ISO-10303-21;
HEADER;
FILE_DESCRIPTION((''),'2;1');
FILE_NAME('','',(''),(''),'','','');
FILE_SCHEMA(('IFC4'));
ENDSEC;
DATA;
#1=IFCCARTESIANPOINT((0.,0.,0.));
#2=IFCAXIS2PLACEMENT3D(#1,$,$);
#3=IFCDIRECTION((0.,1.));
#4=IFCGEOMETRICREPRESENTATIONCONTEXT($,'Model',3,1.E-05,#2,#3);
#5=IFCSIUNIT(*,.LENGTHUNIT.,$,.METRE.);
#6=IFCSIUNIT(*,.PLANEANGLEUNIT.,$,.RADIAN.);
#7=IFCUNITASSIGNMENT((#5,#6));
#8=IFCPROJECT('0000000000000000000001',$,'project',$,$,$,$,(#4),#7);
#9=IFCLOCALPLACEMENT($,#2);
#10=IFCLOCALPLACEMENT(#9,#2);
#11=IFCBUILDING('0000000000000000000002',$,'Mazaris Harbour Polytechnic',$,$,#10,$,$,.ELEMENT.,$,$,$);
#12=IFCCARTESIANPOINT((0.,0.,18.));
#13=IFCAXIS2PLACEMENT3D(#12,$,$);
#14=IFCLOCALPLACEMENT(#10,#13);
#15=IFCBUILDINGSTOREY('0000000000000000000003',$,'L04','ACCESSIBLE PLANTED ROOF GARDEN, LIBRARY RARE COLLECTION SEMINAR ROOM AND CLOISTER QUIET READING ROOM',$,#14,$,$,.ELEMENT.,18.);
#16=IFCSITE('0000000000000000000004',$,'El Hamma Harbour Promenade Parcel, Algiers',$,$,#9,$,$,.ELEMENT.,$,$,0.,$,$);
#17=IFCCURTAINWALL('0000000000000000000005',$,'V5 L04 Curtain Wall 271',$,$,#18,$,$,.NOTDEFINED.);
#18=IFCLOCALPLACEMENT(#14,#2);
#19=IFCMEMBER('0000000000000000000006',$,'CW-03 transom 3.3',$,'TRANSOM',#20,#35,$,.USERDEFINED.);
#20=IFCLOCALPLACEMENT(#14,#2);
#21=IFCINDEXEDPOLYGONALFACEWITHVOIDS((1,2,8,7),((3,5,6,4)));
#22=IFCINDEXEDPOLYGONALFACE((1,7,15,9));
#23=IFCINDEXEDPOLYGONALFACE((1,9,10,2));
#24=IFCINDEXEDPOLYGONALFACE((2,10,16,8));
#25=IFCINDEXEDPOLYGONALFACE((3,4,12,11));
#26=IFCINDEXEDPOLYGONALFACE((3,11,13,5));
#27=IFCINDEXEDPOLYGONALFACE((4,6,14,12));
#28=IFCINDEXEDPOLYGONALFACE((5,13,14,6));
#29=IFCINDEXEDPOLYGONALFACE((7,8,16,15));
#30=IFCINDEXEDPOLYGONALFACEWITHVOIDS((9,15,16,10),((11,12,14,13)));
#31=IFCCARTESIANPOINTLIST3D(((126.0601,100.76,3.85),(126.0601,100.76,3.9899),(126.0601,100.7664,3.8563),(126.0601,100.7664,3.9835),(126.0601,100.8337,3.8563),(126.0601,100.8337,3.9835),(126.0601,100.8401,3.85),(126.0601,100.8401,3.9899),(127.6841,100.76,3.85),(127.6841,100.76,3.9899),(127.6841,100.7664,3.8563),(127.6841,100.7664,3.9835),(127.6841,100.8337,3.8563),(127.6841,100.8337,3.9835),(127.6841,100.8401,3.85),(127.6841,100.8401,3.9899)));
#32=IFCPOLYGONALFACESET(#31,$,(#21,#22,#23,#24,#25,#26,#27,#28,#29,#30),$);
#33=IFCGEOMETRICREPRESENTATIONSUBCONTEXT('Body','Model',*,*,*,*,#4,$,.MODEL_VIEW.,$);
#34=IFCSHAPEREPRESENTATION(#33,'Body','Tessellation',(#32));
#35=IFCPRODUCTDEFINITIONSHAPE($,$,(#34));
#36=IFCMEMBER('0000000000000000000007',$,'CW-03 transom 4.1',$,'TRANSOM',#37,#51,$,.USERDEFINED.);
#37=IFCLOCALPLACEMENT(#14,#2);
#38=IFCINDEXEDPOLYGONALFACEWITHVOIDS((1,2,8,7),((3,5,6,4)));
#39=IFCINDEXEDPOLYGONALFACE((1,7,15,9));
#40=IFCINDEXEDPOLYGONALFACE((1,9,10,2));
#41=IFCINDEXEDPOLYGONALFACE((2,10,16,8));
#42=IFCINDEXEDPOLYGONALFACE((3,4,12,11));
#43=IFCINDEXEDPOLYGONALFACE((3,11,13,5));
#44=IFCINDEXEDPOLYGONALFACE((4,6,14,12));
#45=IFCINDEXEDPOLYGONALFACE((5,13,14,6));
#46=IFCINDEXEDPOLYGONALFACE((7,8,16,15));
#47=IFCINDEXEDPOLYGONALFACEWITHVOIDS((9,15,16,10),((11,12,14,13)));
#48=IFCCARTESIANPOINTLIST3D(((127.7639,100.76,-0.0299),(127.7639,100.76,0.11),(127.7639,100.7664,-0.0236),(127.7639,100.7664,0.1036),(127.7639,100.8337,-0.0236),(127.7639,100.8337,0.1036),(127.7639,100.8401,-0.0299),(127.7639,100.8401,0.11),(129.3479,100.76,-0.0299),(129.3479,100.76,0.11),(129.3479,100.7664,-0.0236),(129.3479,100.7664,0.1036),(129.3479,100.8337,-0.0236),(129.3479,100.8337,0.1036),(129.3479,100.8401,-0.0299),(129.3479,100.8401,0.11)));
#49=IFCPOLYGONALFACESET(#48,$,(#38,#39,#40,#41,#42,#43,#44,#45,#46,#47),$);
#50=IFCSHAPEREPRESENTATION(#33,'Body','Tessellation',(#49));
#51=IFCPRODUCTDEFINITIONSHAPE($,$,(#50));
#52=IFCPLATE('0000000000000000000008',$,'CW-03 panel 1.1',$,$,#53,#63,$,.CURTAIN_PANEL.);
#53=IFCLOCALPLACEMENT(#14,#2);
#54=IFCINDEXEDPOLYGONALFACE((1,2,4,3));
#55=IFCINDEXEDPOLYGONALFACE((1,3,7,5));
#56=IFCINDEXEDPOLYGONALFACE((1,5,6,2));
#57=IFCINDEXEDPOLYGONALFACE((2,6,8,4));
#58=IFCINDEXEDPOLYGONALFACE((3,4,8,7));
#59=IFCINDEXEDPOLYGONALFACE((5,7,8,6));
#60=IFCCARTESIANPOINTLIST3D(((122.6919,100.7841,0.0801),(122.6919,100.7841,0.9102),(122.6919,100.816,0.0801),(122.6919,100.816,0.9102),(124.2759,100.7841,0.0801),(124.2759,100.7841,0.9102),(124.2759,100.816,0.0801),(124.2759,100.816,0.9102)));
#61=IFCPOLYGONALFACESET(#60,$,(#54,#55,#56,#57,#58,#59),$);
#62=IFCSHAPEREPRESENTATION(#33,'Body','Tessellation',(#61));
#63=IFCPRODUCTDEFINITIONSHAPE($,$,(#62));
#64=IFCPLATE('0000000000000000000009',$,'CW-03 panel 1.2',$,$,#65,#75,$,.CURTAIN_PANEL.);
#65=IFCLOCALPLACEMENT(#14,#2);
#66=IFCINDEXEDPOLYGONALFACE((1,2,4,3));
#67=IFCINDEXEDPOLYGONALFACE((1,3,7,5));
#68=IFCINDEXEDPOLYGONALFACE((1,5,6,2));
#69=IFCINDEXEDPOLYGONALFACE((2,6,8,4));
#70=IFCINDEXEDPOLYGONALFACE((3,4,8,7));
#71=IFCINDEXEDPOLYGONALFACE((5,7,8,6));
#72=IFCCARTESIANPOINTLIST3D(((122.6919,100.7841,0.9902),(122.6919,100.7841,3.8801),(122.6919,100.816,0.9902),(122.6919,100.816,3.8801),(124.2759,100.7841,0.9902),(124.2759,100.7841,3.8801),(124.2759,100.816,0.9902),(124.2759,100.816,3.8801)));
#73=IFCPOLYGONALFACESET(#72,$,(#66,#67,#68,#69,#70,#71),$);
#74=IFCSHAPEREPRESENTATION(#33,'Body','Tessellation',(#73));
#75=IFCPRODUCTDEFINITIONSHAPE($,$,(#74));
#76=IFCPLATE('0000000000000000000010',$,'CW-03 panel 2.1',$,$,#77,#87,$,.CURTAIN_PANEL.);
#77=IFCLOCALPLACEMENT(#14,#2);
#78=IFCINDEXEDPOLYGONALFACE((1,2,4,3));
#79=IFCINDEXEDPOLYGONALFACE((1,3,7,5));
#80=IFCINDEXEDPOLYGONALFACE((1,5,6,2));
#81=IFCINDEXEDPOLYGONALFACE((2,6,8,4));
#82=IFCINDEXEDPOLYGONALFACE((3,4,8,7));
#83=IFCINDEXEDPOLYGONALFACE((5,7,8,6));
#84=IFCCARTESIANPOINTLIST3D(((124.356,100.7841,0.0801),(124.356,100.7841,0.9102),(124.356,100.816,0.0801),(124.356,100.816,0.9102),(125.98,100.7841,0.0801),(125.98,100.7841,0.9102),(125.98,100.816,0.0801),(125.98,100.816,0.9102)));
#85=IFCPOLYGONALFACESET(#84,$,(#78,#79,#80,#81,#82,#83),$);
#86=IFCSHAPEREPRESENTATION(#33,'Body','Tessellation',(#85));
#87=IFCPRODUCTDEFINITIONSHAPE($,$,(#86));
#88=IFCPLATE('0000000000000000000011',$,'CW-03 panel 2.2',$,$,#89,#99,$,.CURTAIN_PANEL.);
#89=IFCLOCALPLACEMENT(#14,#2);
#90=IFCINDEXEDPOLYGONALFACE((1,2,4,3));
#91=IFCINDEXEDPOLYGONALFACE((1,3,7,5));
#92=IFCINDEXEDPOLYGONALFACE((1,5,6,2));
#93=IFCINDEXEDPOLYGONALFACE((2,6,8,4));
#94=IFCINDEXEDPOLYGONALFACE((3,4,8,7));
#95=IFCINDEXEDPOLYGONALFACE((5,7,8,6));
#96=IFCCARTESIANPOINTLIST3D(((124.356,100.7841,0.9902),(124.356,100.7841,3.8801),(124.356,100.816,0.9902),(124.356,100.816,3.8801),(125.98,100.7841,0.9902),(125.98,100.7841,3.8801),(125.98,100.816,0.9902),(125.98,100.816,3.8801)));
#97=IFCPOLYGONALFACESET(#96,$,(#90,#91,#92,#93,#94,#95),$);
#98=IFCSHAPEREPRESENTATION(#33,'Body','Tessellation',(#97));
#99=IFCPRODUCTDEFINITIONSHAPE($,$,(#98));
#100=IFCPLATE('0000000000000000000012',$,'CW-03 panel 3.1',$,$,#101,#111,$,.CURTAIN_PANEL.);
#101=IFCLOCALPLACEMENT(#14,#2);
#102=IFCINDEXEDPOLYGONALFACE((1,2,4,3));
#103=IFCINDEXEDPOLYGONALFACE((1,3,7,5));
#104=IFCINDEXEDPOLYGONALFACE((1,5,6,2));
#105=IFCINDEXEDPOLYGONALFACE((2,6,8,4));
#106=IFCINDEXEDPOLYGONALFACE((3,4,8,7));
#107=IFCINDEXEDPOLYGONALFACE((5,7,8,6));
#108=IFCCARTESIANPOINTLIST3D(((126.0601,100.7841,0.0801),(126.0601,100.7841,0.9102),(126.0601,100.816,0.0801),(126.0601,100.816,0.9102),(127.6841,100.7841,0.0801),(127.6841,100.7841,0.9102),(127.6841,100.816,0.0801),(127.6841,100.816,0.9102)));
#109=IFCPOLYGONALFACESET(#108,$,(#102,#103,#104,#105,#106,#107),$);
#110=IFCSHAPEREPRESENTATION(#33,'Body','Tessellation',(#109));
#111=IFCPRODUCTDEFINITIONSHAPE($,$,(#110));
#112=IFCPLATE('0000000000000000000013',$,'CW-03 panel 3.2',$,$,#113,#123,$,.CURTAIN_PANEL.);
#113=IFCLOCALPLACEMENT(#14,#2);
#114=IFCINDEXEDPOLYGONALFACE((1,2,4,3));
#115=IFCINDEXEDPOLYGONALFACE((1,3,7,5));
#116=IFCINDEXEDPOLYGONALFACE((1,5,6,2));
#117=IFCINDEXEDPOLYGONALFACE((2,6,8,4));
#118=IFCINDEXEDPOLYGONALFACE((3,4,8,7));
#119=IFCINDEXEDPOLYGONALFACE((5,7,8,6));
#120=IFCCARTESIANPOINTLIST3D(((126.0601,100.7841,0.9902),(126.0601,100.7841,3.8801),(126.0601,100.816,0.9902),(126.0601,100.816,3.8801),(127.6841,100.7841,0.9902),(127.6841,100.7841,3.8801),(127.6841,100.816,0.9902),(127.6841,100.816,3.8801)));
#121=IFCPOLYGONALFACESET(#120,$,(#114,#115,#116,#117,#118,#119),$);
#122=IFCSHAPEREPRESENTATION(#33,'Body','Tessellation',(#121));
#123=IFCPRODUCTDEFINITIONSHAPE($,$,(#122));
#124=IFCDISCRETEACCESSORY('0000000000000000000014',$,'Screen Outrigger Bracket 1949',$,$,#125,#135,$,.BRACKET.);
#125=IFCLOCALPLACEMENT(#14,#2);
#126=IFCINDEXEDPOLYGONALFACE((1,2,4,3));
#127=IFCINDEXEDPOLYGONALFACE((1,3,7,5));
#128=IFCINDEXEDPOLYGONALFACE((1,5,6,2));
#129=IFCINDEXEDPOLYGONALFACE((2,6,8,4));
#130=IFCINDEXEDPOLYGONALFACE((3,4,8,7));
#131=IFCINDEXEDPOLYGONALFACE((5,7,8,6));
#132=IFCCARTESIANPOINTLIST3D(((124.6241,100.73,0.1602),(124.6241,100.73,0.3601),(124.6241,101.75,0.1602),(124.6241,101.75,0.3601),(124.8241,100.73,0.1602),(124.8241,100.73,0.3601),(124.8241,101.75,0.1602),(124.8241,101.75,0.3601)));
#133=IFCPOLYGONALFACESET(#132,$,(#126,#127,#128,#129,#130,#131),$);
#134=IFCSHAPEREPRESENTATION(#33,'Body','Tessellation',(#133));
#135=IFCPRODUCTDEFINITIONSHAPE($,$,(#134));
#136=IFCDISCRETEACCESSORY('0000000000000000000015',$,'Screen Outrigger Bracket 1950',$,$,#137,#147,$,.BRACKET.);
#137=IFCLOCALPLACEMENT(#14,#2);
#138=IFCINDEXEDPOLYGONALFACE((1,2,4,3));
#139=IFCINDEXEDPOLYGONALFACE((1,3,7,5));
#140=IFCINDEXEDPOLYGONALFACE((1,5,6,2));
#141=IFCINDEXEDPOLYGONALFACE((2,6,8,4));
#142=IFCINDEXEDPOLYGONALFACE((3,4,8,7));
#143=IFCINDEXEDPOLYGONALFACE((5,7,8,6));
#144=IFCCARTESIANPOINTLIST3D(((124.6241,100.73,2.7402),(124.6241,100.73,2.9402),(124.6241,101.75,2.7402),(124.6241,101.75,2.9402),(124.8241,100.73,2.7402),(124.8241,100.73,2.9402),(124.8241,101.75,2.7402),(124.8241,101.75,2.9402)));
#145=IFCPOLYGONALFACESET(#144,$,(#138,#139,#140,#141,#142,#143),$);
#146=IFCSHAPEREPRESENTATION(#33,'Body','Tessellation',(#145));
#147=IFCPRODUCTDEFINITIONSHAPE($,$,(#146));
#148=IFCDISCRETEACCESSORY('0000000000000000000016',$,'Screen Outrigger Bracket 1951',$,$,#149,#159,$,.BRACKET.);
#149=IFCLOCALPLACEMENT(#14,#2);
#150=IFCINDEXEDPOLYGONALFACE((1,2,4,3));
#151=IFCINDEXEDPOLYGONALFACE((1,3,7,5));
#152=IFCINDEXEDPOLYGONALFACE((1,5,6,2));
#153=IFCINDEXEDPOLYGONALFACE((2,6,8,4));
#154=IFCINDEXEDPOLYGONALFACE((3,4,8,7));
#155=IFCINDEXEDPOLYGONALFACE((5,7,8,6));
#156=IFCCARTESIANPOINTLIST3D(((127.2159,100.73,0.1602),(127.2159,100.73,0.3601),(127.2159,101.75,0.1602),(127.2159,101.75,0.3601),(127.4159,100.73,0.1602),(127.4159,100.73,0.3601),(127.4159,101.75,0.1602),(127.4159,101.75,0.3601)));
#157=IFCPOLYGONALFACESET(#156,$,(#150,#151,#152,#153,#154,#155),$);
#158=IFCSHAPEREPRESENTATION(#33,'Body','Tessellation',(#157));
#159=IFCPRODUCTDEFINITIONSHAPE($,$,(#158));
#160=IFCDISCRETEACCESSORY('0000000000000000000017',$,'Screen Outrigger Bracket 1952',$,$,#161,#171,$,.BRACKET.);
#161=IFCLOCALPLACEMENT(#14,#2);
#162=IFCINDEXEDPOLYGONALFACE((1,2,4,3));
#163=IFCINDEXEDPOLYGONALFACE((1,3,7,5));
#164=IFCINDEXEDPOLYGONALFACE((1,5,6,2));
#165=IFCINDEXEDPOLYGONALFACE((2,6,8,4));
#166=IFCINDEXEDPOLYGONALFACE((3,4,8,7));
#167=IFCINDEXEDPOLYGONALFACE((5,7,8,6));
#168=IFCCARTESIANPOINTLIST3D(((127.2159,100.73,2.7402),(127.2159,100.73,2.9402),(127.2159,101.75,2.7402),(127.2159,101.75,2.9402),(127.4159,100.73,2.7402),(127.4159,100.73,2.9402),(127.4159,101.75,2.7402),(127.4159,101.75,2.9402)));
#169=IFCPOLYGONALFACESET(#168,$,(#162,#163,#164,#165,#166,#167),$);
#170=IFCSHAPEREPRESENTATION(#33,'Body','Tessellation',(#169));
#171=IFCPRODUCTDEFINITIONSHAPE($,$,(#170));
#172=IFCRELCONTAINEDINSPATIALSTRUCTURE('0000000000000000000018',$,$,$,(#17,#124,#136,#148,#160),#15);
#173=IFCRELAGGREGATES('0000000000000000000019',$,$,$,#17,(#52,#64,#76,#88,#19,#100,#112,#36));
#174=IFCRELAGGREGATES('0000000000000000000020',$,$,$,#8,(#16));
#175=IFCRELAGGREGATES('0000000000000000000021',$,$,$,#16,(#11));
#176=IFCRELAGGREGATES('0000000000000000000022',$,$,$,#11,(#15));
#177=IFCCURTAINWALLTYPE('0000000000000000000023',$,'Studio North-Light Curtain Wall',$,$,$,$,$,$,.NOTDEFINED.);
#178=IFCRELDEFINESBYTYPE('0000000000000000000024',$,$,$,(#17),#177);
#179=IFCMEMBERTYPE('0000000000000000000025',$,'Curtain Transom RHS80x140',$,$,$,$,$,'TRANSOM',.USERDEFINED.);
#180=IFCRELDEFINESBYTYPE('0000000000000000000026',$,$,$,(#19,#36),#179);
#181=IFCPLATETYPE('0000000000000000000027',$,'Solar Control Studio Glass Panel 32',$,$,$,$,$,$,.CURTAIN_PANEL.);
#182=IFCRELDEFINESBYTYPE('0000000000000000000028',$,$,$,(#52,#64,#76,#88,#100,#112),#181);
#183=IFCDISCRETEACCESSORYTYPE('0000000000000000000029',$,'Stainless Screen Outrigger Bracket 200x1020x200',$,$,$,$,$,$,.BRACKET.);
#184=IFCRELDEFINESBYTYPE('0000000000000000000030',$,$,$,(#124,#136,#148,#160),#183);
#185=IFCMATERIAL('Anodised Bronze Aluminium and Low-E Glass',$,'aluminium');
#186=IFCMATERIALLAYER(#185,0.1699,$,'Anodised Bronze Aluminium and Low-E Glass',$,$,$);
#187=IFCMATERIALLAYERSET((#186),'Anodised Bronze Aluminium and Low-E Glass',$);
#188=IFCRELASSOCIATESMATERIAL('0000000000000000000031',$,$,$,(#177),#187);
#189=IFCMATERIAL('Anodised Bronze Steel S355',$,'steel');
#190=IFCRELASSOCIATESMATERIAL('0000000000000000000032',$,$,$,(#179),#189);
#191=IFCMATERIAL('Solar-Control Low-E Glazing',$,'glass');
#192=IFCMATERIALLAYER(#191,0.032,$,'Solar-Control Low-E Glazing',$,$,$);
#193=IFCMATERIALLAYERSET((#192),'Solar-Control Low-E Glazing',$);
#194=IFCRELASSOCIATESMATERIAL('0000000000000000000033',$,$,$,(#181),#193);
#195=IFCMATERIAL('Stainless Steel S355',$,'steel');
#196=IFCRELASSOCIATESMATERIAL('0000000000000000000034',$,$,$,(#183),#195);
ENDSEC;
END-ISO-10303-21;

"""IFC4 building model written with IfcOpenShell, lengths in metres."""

from ifc_helpers import new_model, si_unit, direction, frame, origin, origin_2d, place, context, subcontext, project, spatial, rectangle, hollow_rectangle, extrude, material, layer, layer_set, material_profile, profile_set, type_object, element, aggregate, save


model = new_model("IFC4")

# Units and contexts
model_context = context("Model", 3, precision=1e-05, world=origin(), true_north=direction((0.0, 1.0)))
body_context = subcontext(model_context, "Body", "Model", "MODEL_VIEW")
ifc_project = project(units=[si_unit("LENGTHUNIT", "METRE"), si_unit("PLANEANGLEUNIT", "RADIAN")], contexts=[model_context])

# Site, building, storey
site_placement = place(None, origin())
site = spatial("IfcSite", under=ifc_project, at=site_placement, Name="El Hamma Harbour Promenade Parcel, Algiers", CompositionType="ELEMENT", RefElevation=0.0)
building_placement = place(site_placement, origin())
building = spatial("IfcBuilding", under=site, at=building_placement, Name="Mazaris Harbour Polytechnic", CompositionType="ELEMENT")
storey_placement = place(building_placement, frame((0.0, 0.0, 18.0)))
storey = spatial("IfcBuildingStorey", under=building, at=storey_placement, Name="L04", Description="ACCESSIBLE PLANTED ROOF GARDEN, LIBRARY RARE COLLECTION SEMINAR ROOM AND CLOISTER QUIET READING ROOM", CompositionType="ELEMENT", Elevation=18.0)

# Curtain wall, members, plates
ifc_material_1 = material(Name="Anodised Bronze Aluminium and Low-E Glass", Category="aluminium")
ifc_layer_1 = layer(ifc_material_1, 0.1699, Name="Anodised Bronze Aluminium and Low-E Glass")
ifc_layer_set_1 = layer_set([ifc_layer_1], Name="Anodised Bronze Aluminium and Low-E Glass")
curtain_wall_type = type_object("IfcCurtainWallType", Name="Studio North-Light Curtain Wall", PredefinedType="NOTDEFINED", material=ifc_layer_set_1)
curtain_wall_placement = place(storey_placement, origin())
curtain_wall = element("IfcCurtainWall", 1, at=curtain_wall_placement, inside=storey, type_object=curtain_wall_type, Name="V5 L04 Curtain Wall 271", PredefinedType="NOTDEFINED")
ifc_material_2 = material(Name="Anodised Bronze Steel S355", Category="steel")
ifc_material_profile_1 = material_profile(ifc_material_2, hollow_rectangle(XDim=0.0801, YDim=0.1399, WallThickness=0.0063, at=origin_2d()), Name="RHS 80x140x6.3")
ifc_profile_set_1 = profile_set([ifc_material_profile_1], Name="Anodised Bronze Steel S355")
member_type_1 = type_object("IfcMemberType", Name="Curtain Transom RHS80x140", ElementType="TRANSOM", PredefinedType="USERDEFINED", material=ifc_profile_set_1)
member_1_placement = place(storey_placement, frame((126.0601, 100.8, 3.9199), z_axis=(1.0, 0.0, 0.0), x_axis=(0.0, 1.0, 0.0)))
member_1 = element("IfcMember", 2, at=member_1_placement, type_object=member_type_1, Name="CW-03 transom 3.3", ObjectType="TRANSOM", PredefinedType="USERDEFINED", context=body_context, shape_type="SweptSolid", body=[
    extrude(hollow_rectangle(XDim=0.0801, YDim=0.1399, WallThickness=0.0063, at=origin_2d()), origin(), (0.0, 0.0, 1.0), 1.624),
])
member_2_placement = place(storey_placement, frame((127.7639, 100.8, 0.04), z_axis=(1.0, 0.0, 0.0), x_axis=(0.0, 1.0, 0.0)))
member_2 = element("IfcMember", 3, at=member_2_placement, type_object=member_type_1, Name="CW-03 transom 4.1", ObjectType="TRANSOM", PredefinedType="USERDEFINED", context=body_context, shape_type="SweptSolid", body=[
    extrude(hollow_rectangle(XDim=0.0801, YDim=0.1399, WallThickness=0.0063, at=origin_2d()), origin(), (0.0, 0.0, 1.0), 1.584),
])
ifc_material_3 = material(Name="Solar-Control Low-E Glazing", Category="glass")
ifc_layer_2 = layer(ifc_material_3, 0.032, Name="Solar-Control Low-E Glazing")
ifc_layer_set_2 = layer_set([ifc_layer_2], Name="Solar-Control Low-E Glazing")
plate_type = type_object("IfcPlateType", Name="Solar Control Studio Glass Panel 32", PredefinedType="CURTAIN_PANEL", material=ifc_layer_set_2)
plate_1_placement = place(storey_placement, frame((123.4839, 100.8, 0.0801), z_axis=(0.0, 0.0, 1.0), x_axis=(1.0, 0.0, 0.0)))
plate_1 = element("IfcPlate", 4, at=plate_1_placement, type_object=plate_type, Name="CW-03 panel 1.1", PredefinedType="CURTAIN_PANEL", context=body_context, shape_type="SweptSolid", body=[
    extrude(rectangle(XDim=1.584, YDim=0.032, at=origin_2d()), origin(), (0.0, 0.0, 1.0), 0.8301),
])
plate_2_placement = place(storey_placement, frame((123.4839, 100.8, 0.9902), z_axis=(0.0, 0.0, 1.0), x_axis=(1.0, 0.0, 0.0)))
plate_2 = element("IfcPlate", 5, at=plate_2_placement, type_object=plate_type, Name="CW-03 panel 1.2", PredefinedType="CURTAIN_PANEL", context=body_context, shape_type="SweptSolid", body=[
    extrude(rectangle(XDim=1.584, YDim=0.032, at=origin_2d()), origin(), (0.0, 0.0, 1.0), 2.8899),
])
plate_3_placement = place(storey_placement, frame((125.168, 100.8, 0.0801), z_axis=(0.0, 0.0, 1.0), x_axis=(1.0, 0.0, 0.0)))
plate_3 = element("IfcPlate", 6, at=plate_3_placement, type_object=plate_type, Name="CW-03 panel 2.1", PredefinedType="CURTAIN_PANEL", context=body_context, shape_type="SweptSolid", body=[
    extrude(rectangle(XDim=1.624, YDim=0.032, at=origin_2d()), origin(), (0.0, 0.0, 1.0), 0.8301),
])
plate_4_placement = place(storey_placement, frame((125.168, 100.8, 0.9902), z_axis=(0.0, 0.0, 1.0), x_axis=(1.0, 0.0, 0.0)))
plate_4 = element("IfcPlate", 7, at=plate_4_placement, type_object=plate_type, Name="CW-03 panel 2.2", PredefinedType="CURTAIN_PANEL", context=body_context, shape_type="SweptSolid", body=[
    extrude(rectangle(XDim=1.624, YDim=0.032, at=origin_2d()), origin(), (0.0, 0.0, 1.0), 2.8899),
])
plate_5_placement = place(storey_placement, frame((126.8721, 100.8, 0.0801), z_axis=(0.0, 0.0, 1.0), x_axis=(1.0, 0.0, 0.0)))
plate_5 = element("IfcPlate", 8, at=plate_5_placement, type_object=plate_type, Name="CW-03 panel 3.1", PredefinedType="CURTAIN_PANEL", context=body_context, shape_type="SweptSolid", body=[
    extrude(rectangle(XDim=1.624, YDim=0.032, at=origin_2d()), origin(), (0.0, 0.0, 1.0), 0.8301),
])
plate_6_placement = place(storey_placement, frame((126.8721, 100.8, 0.9902), z_axis=(0.0, 0.0, 1.0), x_axis=(1.0, 0.0, 0.0)))
plate_6 = element("IfcPlate", 9, at=plate_6_placement, type_object=plate_type, Name="CW-03 panel 3.2", PredefinedType="CURTAIN_PANEL", context=body_context, shape_type="SweptSolid", body=[
    extrude(rectangle(XDim=1.624, YDim=0.032, at=origin_2d()), origin(), (0.0, 0.0, 1.0), 2.8899),
])
aggregate(curtain_wall, [plate_1, plate_2, plate_3, plate_4, member_1, plate_5, plate_6, member_2])

# Discrete accessories
ifc_material_4 = material(Name="Stainless Steel S355", Category="steel")
discrete_accessory_type = type_object("IfcDiscreteAccessoryType", Name="Stainless Screen Outrigger Bracket 200x1020x200", PredefinedType="BRACKET", material=ifc_material_4)
for number, where, z_axis, x_axis, name in (
    (10, (124.7241, 101.24, 0.1602), (0.0, 0.0, 1.0), (1.0, 0.0, 0.0), "Screen Outrigger Bracket 1949"),
    (11, (124.7241, 101.24, 2.7402), (0.0, 0.0, 1.0), (1.0, 0.0, 0.0), "Screen Outrigger Bracket 1950"),
    (12, (127.3159, 101.24, 0.1602), (0.0, 0.0, 1.0), (1.0, 0.0, 0.0), "Screen Outrigger Bracket 1951"),
    (13, (127.3159, 101.24, 2.7402), (0.0, 0.0, 1.0), (1.0, 0.0, 0.0), "Screen Outrigger Bracket 1952"),
):
    element("IfcDiscreteAccessory", number, at=place(storey_placement, frame(where, z_axis=z_axis, x_axis=x_axis)), inside=storey, type_object=discrete_accessory_type, Name=name, PredefinedType="BRACKET", context=body_context, shape_type="SweptSolid", body=[
        extrude(rectangle(XDim=0.2, YDim=1.02, at=origin_2d()), origin(), (0.0, 0.0, 1.0), 0.2),
    ])

save(model, "model.ifc")
